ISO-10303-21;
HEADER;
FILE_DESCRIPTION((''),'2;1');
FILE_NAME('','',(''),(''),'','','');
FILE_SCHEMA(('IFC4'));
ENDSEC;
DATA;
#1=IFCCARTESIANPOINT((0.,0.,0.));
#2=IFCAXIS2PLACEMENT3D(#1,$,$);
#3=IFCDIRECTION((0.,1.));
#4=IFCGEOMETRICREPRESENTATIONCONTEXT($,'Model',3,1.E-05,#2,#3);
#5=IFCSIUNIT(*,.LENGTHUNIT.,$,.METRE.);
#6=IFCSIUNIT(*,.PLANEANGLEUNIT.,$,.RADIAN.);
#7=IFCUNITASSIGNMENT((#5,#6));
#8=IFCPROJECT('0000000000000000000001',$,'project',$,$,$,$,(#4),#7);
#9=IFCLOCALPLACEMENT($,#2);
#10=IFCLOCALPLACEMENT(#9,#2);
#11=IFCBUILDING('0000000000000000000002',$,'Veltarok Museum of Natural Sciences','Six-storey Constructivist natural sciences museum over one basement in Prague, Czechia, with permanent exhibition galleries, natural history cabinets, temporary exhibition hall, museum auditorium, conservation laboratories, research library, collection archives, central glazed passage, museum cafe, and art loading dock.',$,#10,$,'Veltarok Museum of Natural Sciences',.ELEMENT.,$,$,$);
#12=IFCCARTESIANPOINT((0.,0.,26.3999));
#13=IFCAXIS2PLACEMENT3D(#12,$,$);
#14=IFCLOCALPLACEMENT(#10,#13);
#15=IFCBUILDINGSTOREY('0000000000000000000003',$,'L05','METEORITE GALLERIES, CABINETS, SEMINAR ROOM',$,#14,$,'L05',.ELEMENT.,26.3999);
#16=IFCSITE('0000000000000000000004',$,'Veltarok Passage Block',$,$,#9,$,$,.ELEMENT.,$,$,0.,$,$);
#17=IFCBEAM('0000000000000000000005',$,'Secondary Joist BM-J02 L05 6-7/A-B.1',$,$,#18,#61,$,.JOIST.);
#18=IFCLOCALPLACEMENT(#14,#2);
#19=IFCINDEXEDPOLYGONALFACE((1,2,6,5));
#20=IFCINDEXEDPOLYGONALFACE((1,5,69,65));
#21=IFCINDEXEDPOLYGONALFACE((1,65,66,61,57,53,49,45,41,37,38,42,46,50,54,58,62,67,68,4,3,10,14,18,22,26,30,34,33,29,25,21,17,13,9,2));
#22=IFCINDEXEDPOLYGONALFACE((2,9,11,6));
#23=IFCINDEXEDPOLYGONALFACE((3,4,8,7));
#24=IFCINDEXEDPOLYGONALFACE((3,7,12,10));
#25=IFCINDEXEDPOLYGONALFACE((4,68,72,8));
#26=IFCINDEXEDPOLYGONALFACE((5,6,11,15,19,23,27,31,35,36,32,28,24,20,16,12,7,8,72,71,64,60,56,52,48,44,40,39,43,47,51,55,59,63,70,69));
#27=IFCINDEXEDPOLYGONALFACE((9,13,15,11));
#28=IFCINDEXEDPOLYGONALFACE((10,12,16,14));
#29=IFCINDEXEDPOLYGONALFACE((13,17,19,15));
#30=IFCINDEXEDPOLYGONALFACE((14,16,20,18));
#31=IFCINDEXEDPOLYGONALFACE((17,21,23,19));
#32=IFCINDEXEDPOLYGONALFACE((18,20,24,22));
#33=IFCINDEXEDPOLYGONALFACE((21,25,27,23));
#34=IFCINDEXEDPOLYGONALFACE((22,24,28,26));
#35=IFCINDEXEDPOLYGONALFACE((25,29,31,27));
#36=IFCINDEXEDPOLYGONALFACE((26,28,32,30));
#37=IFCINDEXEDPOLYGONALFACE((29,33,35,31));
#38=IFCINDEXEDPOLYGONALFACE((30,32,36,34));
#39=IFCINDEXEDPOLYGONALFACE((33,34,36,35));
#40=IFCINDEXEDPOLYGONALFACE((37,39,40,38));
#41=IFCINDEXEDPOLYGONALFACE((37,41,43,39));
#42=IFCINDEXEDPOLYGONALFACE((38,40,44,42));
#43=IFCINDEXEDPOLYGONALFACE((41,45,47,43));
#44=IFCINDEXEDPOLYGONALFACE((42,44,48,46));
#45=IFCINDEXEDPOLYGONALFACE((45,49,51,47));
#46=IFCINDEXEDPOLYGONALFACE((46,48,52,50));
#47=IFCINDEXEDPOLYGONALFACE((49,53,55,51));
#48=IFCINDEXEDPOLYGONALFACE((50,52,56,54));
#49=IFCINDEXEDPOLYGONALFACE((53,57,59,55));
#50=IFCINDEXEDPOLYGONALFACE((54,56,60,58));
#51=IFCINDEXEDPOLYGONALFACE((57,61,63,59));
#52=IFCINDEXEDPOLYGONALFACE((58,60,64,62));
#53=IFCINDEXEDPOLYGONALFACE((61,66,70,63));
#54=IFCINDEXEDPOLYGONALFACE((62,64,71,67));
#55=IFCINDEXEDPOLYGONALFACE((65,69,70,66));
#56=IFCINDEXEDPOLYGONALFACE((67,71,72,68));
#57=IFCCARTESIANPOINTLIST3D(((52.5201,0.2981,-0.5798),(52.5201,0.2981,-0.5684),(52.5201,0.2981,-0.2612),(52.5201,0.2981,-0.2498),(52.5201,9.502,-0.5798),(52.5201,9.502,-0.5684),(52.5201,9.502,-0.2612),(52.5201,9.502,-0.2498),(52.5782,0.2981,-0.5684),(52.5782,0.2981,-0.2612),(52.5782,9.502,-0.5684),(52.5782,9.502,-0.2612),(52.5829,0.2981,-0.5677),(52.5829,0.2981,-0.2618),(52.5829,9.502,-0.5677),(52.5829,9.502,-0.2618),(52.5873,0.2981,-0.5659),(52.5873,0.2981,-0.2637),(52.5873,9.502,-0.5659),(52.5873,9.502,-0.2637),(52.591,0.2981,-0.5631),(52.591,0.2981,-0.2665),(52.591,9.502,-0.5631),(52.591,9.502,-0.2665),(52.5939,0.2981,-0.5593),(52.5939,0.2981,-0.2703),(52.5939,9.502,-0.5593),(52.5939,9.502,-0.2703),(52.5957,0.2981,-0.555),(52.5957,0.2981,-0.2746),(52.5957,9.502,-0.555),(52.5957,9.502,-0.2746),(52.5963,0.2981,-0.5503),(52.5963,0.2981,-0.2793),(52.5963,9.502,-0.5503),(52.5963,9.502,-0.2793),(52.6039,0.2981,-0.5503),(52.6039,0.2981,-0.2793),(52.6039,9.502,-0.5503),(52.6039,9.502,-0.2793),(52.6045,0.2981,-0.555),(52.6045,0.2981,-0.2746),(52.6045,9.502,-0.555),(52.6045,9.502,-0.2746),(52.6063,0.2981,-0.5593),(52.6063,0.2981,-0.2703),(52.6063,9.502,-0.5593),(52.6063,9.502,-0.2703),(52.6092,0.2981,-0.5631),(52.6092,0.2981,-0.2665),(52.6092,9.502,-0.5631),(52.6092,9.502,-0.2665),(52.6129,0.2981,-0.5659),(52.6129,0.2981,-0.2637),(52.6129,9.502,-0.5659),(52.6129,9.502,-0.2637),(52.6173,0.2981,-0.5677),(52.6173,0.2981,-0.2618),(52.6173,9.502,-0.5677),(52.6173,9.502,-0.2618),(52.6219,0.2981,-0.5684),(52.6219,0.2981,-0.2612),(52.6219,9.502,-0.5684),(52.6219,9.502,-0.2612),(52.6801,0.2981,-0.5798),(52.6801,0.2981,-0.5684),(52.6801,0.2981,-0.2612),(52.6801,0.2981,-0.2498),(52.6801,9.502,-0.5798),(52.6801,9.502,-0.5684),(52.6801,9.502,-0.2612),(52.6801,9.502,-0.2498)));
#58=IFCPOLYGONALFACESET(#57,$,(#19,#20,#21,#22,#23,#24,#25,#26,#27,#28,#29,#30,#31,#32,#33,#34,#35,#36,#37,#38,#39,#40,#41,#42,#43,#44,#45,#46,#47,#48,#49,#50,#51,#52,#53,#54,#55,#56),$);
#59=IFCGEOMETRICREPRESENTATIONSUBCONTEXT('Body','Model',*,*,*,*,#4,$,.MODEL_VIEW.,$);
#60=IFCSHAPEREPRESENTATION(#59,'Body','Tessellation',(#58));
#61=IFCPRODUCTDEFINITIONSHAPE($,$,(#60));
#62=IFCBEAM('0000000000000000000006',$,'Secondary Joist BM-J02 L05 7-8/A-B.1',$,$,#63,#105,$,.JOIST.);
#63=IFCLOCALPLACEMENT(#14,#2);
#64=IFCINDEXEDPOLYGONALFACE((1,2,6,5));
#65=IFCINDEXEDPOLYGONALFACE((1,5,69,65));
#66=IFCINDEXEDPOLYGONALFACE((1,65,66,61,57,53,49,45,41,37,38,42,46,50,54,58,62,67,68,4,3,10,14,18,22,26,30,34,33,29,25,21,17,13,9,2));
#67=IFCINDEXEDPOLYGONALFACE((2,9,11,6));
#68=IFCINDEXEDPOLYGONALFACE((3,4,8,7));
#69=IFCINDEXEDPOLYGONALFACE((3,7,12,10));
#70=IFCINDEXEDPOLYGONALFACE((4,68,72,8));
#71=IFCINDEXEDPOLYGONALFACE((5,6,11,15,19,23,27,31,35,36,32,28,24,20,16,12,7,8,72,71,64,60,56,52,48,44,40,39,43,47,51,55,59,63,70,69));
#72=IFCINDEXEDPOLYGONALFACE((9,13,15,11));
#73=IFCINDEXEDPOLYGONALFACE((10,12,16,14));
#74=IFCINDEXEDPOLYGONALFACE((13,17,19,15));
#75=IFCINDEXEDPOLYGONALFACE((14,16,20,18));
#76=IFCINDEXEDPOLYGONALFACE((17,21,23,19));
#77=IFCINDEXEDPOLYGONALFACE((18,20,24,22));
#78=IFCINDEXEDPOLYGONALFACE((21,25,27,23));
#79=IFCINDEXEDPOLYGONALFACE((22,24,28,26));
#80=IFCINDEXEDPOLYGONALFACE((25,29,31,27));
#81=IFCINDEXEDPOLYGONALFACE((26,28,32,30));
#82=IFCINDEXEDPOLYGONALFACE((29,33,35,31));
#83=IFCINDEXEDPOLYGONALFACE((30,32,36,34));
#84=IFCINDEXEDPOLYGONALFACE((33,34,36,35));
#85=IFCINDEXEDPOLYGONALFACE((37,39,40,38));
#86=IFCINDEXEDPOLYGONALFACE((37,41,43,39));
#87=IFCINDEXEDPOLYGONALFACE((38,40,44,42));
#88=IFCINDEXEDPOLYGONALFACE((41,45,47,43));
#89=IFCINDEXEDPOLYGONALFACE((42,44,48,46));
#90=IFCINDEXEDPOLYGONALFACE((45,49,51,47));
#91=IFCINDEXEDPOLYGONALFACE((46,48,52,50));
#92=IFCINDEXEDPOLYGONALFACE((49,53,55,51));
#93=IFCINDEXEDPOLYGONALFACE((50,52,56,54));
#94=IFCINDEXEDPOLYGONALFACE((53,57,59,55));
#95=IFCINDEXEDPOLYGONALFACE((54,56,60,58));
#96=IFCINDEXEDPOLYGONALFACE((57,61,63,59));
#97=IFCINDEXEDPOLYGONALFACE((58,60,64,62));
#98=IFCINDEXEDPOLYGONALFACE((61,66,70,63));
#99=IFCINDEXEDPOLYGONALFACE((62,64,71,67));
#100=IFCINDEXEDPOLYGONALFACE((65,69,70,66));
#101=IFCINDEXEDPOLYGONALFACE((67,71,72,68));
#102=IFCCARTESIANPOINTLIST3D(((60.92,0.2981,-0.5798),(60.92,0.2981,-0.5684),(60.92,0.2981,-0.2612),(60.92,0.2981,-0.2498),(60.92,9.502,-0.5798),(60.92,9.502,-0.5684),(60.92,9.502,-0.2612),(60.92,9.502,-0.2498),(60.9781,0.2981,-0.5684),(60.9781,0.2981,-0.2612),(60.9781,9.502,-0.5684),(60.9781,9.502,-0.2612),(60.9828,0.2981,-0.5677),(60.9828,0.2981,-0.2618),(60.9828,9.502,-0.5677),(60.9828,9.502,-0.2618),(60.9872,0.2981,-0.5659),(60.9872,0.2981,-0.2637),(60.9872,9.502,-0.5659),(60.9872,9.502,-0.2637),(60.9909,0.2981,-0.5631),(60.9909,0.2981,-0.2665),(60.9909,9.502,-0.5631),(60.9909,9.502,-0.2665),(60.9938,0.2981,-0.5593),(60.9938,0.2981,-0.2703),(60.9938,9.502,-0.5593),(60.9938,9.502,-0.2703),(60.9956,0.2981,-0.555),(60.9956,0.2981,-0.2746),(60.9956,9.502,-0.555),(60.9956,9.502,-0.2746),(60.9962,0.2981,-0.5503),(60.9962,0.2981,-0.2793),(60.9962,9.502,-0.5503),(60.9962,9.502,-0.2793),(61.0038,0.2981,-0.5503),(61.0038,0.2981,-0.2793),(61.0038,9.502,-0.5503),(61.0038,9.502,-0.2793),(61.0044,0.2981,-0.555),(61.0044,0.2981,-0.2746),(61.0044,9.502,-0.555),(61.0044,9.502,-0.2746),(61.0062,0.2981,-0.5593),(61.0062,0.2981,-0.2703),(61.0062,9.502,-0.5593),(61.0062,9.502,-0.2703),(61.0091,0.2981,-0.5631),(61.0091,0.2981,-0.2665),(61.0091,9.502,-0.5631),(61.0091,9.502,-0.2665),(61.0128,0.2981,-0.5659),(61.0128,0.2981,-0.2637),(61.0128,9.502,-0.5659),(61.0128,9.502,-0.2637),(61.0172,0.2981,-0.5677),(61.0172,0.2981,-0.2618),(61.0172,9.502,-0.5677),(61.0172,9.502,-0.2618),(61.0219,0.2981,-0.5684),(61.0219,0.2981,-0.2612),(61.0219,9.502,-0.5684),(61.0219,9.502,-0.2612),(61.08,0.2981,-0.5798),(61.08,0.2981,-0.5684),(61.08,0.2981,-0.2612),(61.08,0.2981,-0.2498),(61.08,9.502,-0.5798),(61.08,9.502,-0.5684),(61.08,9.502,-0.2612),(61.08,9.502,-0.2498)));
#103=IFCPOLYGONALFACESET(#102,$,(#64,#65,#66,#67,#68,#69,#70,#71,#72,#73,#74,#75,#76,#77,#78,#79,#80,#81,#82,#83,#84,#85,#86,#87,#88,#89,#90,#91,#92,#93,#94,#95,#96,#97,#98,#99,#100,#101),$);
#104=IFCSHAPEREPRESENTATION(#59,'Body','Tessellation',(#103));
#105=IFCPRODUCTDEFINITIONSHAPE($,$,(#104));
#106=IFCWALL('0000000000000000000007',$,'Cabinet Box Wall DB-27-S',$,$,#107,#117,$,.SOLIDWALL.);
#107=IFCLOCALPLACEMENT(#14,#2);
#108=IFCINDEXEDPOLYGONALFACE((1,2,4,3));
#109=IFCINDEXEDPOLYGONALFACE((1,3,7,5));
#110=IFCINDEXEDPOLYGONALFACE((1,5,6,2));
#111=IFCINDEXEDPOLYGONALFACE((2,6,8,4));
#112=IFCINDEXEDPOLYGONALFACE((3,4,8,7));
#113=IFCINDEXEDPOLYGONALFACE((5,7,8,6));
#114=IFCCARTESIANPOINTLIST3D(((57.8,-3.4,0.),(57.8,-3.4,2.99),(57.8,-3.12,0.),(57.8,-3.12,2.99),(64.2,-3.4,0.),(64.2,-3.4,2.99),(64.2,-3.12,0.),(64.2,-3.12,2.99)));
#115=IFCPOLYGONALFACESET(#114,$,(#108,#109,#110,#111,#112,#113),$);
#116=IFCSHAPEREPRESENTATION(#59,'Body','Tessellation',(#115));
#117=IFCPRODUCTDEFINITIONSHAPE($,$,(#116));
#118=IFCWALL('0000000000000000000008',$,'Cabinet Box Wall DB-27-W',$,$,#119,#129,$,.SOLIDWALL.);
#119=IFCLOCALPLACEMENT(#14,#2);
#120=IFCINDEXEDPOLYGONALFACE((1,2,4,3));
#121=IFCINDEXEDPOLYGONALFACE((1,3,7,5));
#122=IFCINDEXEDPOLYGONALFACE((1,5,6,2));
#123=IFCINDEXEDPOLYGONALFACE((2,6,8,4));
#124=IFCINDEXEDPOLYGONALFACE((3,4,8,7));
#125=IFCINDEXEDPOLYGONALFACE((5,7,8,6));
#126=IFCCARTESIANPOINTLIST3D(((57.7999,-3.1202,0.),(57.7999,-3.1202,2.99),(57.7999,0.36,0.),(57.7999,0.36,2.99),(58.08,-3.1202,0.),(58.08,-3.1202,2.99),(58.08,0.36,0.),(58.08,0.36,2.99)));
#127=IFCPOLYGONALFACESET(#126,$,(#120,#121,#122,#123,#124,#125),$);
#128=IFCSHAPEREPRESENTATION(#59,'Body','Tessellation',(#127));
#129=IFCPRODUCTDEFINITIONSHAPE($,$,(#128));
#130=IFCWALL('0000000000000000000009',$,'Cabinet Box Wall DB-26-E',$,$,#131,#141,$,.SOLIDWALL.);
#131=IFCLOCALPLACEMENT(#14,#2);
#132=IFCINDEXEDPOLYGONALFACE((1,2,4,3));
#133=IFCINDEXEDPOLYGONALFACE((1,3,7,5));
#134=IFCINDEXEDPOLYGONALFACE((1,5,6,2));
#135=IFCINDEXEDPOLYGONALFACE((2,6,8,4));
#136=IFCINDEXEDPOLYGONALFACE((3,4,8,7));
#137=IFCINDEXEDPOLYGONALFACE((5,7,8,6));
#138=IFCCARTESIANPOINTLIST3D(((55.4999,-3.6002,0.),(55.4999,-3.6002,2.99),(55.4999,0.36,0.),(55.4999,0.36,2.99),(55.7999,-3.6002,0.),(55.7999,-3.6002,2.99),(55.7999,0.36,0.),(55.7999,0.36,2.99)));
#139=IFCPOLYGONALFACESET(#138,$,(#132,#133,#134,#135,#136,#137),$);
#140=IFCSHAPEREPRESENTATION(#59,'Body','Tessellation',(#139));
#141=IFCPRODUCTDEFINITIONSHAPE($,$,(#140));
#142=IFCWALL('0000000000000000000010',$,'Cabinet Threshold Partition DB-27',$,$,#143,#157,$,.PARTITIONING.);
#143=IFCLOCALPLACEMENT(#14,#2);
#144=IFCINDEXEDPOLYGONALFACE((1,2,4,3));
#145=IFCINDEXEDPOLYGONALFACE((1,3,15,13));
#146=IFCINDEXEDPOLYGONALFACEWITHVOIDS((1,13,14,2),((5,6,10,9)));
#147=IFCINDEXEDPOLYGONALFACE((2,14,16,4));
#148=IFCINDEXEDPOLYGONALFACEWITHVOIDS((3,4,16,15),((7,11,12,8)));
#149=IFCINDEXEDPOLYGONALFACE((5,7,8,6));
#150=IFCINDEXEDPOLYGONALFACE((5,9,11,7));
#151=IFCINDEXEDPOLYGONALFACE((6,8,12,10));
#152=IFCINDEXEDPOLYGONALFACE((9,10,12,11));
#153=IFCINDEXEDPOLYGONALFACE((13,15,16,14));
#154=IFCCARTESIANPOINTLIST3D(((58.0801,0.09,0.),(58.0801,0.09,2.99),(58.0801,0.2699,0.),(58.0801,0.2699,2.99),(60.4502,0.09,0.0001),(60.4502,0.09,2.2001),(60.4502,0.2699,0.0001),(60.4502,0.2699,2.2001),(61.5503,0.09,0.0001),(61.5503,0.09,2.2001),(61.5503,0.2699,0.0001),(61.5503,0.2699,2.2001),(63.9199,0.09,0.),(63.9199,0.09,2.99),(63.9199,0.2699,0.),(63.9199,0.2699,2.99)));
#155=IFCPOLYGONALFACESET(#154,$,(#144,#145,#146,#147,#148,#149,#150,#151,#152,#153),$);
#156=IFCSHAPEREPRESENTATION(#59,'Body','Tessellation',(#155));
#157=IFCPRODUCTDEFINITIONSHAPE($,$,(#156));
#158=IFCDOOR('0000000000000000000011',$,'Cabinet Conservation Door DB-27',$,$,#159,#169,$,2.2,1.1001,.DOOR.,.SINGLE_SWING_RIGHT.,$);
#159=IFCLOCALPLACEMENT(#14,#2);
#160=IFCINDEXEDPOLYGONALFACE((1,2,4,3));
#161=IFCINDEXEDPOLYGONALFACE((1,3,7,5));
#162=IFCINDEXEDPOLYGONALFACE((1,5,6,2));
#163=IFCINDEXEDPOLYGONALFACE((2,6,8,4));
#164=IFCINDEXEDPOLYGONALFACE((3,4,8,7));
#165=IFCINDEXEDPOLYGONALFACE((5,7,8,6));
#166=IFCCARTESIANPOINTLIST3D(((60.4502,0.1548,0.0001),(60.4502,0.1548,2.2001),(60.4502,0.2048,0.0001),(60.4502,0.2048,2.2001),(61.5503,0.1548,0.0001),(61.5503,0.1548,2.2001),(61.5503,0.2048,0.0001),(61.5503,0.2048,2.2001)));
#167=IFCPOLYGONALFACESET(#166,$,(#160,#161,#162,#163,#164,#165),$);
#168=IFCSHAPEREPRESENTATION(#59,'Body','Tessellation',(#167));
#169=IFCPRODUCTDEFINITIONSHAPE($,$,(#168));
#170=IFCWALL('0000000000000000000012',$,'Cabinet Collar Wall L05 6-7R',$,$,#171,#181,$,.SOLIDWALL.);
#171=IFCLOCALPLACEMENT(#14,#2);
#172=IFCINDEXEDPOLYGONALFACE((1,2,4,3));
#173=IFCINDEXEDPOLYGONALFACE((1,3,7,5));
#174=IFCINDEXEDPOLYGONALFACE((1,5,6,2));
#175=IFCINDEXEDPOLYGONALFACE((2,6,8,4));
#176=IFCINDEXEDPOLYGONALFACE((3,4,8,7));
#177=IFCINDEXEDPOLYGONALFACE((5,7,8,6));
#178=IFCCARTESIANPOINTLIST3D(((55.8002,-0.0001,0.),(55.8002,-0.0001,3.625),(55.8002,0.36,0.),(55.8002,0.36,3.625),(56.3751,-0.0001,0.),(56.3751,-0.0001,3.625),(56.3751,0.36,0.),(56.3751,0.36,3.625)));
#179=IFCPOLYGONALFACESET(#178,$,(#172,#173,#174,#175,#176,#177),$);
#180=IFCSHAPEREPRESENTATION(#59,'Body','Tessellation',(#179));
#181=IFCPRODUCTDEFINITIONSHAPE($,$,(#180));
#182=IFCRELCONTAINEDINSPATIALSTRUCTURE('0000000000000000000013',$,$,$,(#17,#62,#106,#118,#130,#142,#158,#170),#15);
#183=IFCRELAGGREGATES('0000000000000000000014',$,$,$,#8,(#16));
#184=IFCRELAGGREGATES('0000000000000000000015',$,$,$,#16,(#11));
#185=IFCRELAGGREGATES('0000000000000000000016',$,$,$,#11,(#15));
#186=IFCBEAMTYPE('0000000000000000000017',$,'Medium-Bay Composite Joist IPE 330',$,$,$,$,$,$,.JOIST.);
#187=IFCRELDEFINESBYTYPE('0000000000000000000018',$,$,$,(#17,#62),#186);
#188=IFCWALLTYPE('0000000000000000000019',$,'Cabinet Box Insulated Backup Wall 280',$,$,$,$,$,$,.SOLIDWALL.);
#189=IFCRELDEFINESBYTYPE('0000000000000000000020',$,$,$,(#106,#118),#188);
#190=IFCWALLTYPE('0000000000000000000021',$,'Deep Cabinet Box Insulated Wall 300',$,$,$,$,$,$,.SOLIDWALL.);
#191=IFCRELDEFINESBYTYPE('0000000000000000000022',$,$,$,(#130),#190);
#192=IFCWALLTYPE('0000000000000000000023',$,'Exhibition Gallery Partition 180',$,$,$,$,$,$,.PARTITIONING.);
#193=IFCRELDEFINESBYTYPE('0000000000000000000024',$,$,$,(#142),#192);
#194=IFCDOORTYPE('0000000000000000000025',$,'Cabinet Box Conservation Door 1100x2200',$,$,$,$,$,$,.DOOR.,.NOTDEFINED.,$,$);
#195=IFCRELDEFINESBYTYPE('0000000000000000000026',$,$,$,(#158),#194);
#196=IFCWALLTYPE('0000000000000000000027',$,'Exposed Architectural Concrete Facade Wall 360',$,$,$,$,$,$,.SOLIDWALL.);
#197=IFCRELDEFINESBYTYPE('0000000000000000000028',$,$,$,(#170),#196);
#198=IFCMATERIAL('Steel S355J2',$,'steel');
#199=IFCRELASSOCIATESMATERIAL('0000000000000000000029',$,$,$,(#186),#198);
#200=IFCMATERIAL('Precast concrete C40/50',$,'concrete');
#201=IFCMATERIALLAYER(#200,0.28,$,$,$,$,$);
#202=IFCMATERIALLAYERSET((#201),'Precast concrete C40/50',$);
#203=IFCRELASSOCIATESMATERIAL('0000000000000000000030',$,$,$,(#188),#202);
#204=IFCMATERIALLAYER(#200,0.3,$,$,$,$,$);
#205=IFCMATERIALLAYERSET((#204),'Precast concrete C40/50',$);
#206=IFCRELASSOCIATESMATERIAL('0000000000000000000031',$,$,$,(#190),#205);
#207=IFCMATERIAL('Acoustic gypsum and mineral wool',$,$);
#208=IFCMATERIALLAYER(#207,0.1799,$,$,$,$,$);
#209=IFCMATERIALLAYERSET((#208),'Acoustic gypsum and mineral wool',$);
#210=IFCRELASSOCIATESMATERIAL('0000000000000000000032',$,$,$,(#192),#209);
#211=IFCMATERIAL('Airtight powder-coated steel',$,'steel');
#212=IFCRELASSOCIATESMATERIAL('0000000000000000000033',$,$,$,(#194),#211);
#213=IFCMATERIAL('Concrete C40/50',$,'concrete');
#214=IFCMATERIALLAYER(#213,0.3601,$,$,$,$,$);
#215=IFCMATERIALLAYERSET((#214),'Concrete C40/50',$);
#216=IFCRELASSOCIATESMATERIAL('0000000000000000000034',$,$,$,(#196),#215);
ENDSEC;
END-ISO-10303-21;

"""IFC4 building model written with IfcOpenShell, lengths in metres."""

from ifc_helpers import new_model, si_unit, direction, frame, frame_2d, origin, origin_2d, place, context, subcontext, project, spatial, rectangle, i_section, extrude, material, layer, layer_set, material_profile, profile_set, type_object, element, fill, save


model = new_model("IFC4")

# Units and contexts
model_context = context("Model", 3, precision=1e-05, world=origin(), true_north=direction((0.0, 1.0)))
body_context = subcontext(model_context, "Body", "Model", "MODEL_VIEW")
ifc_project = project(units=[si_unit("LENGTHUNIT", "METRE"), si_unit("PLANEANGLEUNIT", "RADIAN")], contexts=[model_context])

# Site, building, storey
site_placement = place(None, origin())
site = spatial("IfcSite", under=ifc_project, at=site_placement, Name="Veltarok Passage Block", CompositionType="ELEMENT", RefElevation=0.0)
building_placement = place(site_placement, origin())
building = spatial("IfcBuilding", under=site, at=building_placement, Name="Veltarok Museum of Natural Sciences", Description="Six-storey Constructivist natural sciences museum over one basement in Prague, Czechia, with permanent exhibition galleries, natural history cabinets, temporary exhibition hall, museum auditorium, conservation laboratories, research library, collection archives, central glazed passage, museum cafe, and art loading dock.", LongName="Veltarok Museum of Natural Sciences", CompositionType="ELEMENT")
storey_placement = place(building_placement, frame((0.0, 0.0, 26.3999)))
storey = spatial("IfcBuildingStorey", under=building, at=storey_placement, Name="L05", Description="METEORITE GALLERIES, CABINETS, SEMINAR ROOM", LongName="L05", CompositionType="ELEMENT", Elevation=26.3999)

# Shared definitions
ifc_material_1 = material(Name="Concrete C40/50", Category="concrete")

# Beams
ifc_material_2 = material(Name="Steel S355J2", Category="steel")
ifc_material_profile_1 = material_profile(ifc_material_2, i_section(OverallWidth=0.1599, OverallDepth=0.3301, WebThickness=0.0076, FlangeThickness=0.0115, FilletRadius=0.0181, at=origin_2d()), Name="IPE 330")
ifc_profile_set_1 = profile_set([ifc_material_profile_1], Name="Steel S355J2")
beam_type_1 = type_object("IfcBeamType", Name="Medium-Bay Composite Joist IPE 330", PredefinedType="JOIST", material=ifc_profile_set_1)
for number, where, z_axis, x_axis, name in (
    (1, (52.6001, 0.2981, -0.4148), (0.0, 1.0, 0.0), (-1.0, 0.0, 0.0), "Secondary Joist BM-J02 L05 6-7/A-B.1"),
    (2, (61.0, 0.2981, -0.4148), (0.0, 1.0, 0.0), (-1.0, 0.0, 0.0), "Secondary Joist BM-J02 L05 7-8/A-B.1"),
):
    element("IfcBeam", number, at=place(storey_placement, frame(where, z_axis=z_axis, x_axis=x_axis)), inside=storey, type_object=beam_type_1, Name=name, PredefinedType="JOIST", context=body_context, shape_type="SweptSolid", body=[
        extrude(i_section(OverallWidth=0.1599, OverallDepth=0.3301, WebThickness=0.0076, FlangeThickness=0.0115, FilletRadius=0.0181, at=origin_2d()), origin(), (0.0, 0.0, 1.0), 9.2039),
    ])

# Walls
ifc_material_3 = material(Name="Precast concrete C40/50", Category="concrete")
ifc_layer_1 = layer(ifc_material_3, 0.28)
ifc_layer_set_1 = layer_set([ifc_layer_1], Name="Precast concrete C40/50")
wall_type_1 = type_object("IfcWallType", Name="Cabinet Box Insulated Backup Wall 280", PredefinedType="SOLIDWALL", material=ifc_layer_set_1)
wall_1_placement = place(storey_placement, frame((57.8, -3.26, 0.0), z_axis=(0.0, 0.0, 1.0), x_axis=(1.0, 0.0, 0.0)))
element("IfcWall", 3, at=wall_1_placement, inside=storey, type_object=wall_type_1, Name="Cabinet Box Wall DB-27-S", PredefinedType="SOLIDWALL", context=body_context, shape_type="SweptSolid", body=[
    extrude(rectangle(XDim=6.3999, YDim=0.28, at=frame_2d((3.2, 0.0))), origin(), (0.0, 0.0, 1.0), 2.99),
])
wall_2_placement = place(storey_placement, frame((57.9399, 0.3601, 0.0), z_axis=(0.0, 0.0, 1.0), x_axis=(0.0, -1.0, 0.0)))
element("IfcWall", 4, at=wall_2_placement, inside=storey, type_object=wall_type_1, Name="Cabinet Box Wall DB-27-W", PredefinedType="SOLIDWALL", context=body_context, shape_type="SweptSolid", body=[
    extrude(rectangle(XDim=3.4802, YDim=0.28, at=frame_2d((1.7402, 0.0))), origin(), (0.0, 0.0, 1.0), 2.99),
])
ifc_layer_2 = layer(ifc_material_3, 0.3)
ifc_layer_set_2 = layer_set([ifc_layer_2], Name="Precast concrete C40/50")
wall_type_2 = type_object("IfcWallType", Name="Deep Cabinet Box Insulated Wall 300", PredefinedType="SOLIDWALL", material=ifc_layer_set_2)
wall_3_placement = place(storey_placement, frame((55.6499, -3.6001, 0.0), z_axis=(0.0, 0.0, 1.0), x_axis=(0.0, 1.0, 0.0)))
element("IfcWall", 5, at=wall_3_placement, inside=storey, type_object=wall_type_2, Name="Cabinet Box Wall DB-26-E", PredefinedType="SOLIDWALL", context=body_context, shape_type="SweptSolid", body=[
    extrude(rectangle(XDim=3.9602, YDim=0.3, at=frame_2d((1.98, 0.0))), origin(), (0.0, 0.0, 1.0), 2.99),
])

# Wall, opening, door
ifc_material_4 = material(Name="Acoustic gypsum and mineral wool")
ifc_layer_3 = layer(ifc_material_4, 0.1799)
ifc_layer_set_3 = layer_set([ifc_layer_3], Name="Acoustic gypsum and mineral wool")
wall_type_3 = type_object("IfcWallType", Name="Exhibition Gallery Partition 180", PredefinedType="PARTITIONING", material=ifc_layer_set_3)
wall_4_placement = place(storey_placement, frame((58.0801, 0.1799, 0.0), z_axis=(0.0, 0.0, 1.0), x_axis=(1.0, 0.0, 0.0)))
wall_4 = element("IfcWall", 6, at=wall_4_placement, inside=storey, type_object=wall_type_3, Name="Cabinet Threshold Partition DB-27", PredefinedType="PARTITIONING", context=body_context, shape_type="SweptSolid", body=[
    extrude(rectangle(XDim=5.8398, YDim=0.1799, at=frame_2d((2.9199, 0.0))), origin(), (0.0, 0.0, 1.0), 2.99),
])
opening_placement = place(wall_4_placement, frame((2.3701, 0.0, 0.0)))
opening = element("IfcOpeningElement", 7, at=opening_placement, cuts=wall_4, PredefinedType="OPENING", context=body_context, shape_type="SweptSolid", body=[
    extrude(rectangle(XDim=1.1001, YDim=2.2, at=frame_2d((0.55, 1.1001))), frame((0.0, 0.1001, 0.0), z_axis=(0.0, -1.0, 0.0), x_axis=(1.0, 0.0, 0.0)), (0.0, 0.0, 1.0), 0.2),
])
ifc_material_5 = material(Name="Airtight powder-coated steel", Category="steel")
door_type = type_object("IfcDoorType", Name="Cabinet Box Conservation Door 1100x2200", OperationType="NOTDEFINED", PredefinedType="DOOR", material=ifc_material_5)
door_placement = place(opening_placement, origin())
door = element("IfcDoor", 8, at=door_placement, inside=storey, type_object=door_type, Name="Cabinet Conservation Door DB-27", OperationType="SINGLE_SWING_RIGHT", OverallHeight=2.2, OverallWidth=1.1001, PredefinedType="DOOR", context=body_context, shape_type="SweptSolid", body=[
    extrude(rectangle(XDim=1.1001, YDim=2.2, at=frame_2d((0.55, 1.1001))), frame((0.0, 0.0249, 0.0), z_axis=(0.0, -1.0, 0.0), x_axis=(1.0, 0.0, 0.0)), (0.0, 0.0, 1.0), 0.05),
])
fill(opening, door)

# Wall
ifc_layer_4 = layer(ifc_material_1, 0.3601)
ifc_layer_set_4 = layer_set([ifc_layer_4], Name="Concrete C40/50")
wall_type_4 = type_object("IfcWallType", Name="Exposed Architectural Concrete Facade Wall 360", PredefinedType="SOLIDWALL", material=ifc_layer_set_4)
for number, where, z_axis, x_axis, name in (
    (9, (55.8, 0.1799, 0.0), (0.0, 0.0, 1.0), (1.0, 0.0, 0.0), "Cabinet Collar Wall L05 6-7R"),
):
    element("IfcWall", number, at=place(storey_placement, frame(where, z_axis=z_axis, x_axis=x_axis)), inside=storey, type_object=wall_type_4, Name=name, PredefinedType="SOLIDWALL", context=body_context, shape_type="SweptSolid", body=[
        extrude(rectangle(XDim=0.575, YDim=0.3601, at=frame_2d((0.2876, 0.0))), origin(), (0.0, 0.0, 1.0), 3.625),
    ])

save(model, "model.ifc")
